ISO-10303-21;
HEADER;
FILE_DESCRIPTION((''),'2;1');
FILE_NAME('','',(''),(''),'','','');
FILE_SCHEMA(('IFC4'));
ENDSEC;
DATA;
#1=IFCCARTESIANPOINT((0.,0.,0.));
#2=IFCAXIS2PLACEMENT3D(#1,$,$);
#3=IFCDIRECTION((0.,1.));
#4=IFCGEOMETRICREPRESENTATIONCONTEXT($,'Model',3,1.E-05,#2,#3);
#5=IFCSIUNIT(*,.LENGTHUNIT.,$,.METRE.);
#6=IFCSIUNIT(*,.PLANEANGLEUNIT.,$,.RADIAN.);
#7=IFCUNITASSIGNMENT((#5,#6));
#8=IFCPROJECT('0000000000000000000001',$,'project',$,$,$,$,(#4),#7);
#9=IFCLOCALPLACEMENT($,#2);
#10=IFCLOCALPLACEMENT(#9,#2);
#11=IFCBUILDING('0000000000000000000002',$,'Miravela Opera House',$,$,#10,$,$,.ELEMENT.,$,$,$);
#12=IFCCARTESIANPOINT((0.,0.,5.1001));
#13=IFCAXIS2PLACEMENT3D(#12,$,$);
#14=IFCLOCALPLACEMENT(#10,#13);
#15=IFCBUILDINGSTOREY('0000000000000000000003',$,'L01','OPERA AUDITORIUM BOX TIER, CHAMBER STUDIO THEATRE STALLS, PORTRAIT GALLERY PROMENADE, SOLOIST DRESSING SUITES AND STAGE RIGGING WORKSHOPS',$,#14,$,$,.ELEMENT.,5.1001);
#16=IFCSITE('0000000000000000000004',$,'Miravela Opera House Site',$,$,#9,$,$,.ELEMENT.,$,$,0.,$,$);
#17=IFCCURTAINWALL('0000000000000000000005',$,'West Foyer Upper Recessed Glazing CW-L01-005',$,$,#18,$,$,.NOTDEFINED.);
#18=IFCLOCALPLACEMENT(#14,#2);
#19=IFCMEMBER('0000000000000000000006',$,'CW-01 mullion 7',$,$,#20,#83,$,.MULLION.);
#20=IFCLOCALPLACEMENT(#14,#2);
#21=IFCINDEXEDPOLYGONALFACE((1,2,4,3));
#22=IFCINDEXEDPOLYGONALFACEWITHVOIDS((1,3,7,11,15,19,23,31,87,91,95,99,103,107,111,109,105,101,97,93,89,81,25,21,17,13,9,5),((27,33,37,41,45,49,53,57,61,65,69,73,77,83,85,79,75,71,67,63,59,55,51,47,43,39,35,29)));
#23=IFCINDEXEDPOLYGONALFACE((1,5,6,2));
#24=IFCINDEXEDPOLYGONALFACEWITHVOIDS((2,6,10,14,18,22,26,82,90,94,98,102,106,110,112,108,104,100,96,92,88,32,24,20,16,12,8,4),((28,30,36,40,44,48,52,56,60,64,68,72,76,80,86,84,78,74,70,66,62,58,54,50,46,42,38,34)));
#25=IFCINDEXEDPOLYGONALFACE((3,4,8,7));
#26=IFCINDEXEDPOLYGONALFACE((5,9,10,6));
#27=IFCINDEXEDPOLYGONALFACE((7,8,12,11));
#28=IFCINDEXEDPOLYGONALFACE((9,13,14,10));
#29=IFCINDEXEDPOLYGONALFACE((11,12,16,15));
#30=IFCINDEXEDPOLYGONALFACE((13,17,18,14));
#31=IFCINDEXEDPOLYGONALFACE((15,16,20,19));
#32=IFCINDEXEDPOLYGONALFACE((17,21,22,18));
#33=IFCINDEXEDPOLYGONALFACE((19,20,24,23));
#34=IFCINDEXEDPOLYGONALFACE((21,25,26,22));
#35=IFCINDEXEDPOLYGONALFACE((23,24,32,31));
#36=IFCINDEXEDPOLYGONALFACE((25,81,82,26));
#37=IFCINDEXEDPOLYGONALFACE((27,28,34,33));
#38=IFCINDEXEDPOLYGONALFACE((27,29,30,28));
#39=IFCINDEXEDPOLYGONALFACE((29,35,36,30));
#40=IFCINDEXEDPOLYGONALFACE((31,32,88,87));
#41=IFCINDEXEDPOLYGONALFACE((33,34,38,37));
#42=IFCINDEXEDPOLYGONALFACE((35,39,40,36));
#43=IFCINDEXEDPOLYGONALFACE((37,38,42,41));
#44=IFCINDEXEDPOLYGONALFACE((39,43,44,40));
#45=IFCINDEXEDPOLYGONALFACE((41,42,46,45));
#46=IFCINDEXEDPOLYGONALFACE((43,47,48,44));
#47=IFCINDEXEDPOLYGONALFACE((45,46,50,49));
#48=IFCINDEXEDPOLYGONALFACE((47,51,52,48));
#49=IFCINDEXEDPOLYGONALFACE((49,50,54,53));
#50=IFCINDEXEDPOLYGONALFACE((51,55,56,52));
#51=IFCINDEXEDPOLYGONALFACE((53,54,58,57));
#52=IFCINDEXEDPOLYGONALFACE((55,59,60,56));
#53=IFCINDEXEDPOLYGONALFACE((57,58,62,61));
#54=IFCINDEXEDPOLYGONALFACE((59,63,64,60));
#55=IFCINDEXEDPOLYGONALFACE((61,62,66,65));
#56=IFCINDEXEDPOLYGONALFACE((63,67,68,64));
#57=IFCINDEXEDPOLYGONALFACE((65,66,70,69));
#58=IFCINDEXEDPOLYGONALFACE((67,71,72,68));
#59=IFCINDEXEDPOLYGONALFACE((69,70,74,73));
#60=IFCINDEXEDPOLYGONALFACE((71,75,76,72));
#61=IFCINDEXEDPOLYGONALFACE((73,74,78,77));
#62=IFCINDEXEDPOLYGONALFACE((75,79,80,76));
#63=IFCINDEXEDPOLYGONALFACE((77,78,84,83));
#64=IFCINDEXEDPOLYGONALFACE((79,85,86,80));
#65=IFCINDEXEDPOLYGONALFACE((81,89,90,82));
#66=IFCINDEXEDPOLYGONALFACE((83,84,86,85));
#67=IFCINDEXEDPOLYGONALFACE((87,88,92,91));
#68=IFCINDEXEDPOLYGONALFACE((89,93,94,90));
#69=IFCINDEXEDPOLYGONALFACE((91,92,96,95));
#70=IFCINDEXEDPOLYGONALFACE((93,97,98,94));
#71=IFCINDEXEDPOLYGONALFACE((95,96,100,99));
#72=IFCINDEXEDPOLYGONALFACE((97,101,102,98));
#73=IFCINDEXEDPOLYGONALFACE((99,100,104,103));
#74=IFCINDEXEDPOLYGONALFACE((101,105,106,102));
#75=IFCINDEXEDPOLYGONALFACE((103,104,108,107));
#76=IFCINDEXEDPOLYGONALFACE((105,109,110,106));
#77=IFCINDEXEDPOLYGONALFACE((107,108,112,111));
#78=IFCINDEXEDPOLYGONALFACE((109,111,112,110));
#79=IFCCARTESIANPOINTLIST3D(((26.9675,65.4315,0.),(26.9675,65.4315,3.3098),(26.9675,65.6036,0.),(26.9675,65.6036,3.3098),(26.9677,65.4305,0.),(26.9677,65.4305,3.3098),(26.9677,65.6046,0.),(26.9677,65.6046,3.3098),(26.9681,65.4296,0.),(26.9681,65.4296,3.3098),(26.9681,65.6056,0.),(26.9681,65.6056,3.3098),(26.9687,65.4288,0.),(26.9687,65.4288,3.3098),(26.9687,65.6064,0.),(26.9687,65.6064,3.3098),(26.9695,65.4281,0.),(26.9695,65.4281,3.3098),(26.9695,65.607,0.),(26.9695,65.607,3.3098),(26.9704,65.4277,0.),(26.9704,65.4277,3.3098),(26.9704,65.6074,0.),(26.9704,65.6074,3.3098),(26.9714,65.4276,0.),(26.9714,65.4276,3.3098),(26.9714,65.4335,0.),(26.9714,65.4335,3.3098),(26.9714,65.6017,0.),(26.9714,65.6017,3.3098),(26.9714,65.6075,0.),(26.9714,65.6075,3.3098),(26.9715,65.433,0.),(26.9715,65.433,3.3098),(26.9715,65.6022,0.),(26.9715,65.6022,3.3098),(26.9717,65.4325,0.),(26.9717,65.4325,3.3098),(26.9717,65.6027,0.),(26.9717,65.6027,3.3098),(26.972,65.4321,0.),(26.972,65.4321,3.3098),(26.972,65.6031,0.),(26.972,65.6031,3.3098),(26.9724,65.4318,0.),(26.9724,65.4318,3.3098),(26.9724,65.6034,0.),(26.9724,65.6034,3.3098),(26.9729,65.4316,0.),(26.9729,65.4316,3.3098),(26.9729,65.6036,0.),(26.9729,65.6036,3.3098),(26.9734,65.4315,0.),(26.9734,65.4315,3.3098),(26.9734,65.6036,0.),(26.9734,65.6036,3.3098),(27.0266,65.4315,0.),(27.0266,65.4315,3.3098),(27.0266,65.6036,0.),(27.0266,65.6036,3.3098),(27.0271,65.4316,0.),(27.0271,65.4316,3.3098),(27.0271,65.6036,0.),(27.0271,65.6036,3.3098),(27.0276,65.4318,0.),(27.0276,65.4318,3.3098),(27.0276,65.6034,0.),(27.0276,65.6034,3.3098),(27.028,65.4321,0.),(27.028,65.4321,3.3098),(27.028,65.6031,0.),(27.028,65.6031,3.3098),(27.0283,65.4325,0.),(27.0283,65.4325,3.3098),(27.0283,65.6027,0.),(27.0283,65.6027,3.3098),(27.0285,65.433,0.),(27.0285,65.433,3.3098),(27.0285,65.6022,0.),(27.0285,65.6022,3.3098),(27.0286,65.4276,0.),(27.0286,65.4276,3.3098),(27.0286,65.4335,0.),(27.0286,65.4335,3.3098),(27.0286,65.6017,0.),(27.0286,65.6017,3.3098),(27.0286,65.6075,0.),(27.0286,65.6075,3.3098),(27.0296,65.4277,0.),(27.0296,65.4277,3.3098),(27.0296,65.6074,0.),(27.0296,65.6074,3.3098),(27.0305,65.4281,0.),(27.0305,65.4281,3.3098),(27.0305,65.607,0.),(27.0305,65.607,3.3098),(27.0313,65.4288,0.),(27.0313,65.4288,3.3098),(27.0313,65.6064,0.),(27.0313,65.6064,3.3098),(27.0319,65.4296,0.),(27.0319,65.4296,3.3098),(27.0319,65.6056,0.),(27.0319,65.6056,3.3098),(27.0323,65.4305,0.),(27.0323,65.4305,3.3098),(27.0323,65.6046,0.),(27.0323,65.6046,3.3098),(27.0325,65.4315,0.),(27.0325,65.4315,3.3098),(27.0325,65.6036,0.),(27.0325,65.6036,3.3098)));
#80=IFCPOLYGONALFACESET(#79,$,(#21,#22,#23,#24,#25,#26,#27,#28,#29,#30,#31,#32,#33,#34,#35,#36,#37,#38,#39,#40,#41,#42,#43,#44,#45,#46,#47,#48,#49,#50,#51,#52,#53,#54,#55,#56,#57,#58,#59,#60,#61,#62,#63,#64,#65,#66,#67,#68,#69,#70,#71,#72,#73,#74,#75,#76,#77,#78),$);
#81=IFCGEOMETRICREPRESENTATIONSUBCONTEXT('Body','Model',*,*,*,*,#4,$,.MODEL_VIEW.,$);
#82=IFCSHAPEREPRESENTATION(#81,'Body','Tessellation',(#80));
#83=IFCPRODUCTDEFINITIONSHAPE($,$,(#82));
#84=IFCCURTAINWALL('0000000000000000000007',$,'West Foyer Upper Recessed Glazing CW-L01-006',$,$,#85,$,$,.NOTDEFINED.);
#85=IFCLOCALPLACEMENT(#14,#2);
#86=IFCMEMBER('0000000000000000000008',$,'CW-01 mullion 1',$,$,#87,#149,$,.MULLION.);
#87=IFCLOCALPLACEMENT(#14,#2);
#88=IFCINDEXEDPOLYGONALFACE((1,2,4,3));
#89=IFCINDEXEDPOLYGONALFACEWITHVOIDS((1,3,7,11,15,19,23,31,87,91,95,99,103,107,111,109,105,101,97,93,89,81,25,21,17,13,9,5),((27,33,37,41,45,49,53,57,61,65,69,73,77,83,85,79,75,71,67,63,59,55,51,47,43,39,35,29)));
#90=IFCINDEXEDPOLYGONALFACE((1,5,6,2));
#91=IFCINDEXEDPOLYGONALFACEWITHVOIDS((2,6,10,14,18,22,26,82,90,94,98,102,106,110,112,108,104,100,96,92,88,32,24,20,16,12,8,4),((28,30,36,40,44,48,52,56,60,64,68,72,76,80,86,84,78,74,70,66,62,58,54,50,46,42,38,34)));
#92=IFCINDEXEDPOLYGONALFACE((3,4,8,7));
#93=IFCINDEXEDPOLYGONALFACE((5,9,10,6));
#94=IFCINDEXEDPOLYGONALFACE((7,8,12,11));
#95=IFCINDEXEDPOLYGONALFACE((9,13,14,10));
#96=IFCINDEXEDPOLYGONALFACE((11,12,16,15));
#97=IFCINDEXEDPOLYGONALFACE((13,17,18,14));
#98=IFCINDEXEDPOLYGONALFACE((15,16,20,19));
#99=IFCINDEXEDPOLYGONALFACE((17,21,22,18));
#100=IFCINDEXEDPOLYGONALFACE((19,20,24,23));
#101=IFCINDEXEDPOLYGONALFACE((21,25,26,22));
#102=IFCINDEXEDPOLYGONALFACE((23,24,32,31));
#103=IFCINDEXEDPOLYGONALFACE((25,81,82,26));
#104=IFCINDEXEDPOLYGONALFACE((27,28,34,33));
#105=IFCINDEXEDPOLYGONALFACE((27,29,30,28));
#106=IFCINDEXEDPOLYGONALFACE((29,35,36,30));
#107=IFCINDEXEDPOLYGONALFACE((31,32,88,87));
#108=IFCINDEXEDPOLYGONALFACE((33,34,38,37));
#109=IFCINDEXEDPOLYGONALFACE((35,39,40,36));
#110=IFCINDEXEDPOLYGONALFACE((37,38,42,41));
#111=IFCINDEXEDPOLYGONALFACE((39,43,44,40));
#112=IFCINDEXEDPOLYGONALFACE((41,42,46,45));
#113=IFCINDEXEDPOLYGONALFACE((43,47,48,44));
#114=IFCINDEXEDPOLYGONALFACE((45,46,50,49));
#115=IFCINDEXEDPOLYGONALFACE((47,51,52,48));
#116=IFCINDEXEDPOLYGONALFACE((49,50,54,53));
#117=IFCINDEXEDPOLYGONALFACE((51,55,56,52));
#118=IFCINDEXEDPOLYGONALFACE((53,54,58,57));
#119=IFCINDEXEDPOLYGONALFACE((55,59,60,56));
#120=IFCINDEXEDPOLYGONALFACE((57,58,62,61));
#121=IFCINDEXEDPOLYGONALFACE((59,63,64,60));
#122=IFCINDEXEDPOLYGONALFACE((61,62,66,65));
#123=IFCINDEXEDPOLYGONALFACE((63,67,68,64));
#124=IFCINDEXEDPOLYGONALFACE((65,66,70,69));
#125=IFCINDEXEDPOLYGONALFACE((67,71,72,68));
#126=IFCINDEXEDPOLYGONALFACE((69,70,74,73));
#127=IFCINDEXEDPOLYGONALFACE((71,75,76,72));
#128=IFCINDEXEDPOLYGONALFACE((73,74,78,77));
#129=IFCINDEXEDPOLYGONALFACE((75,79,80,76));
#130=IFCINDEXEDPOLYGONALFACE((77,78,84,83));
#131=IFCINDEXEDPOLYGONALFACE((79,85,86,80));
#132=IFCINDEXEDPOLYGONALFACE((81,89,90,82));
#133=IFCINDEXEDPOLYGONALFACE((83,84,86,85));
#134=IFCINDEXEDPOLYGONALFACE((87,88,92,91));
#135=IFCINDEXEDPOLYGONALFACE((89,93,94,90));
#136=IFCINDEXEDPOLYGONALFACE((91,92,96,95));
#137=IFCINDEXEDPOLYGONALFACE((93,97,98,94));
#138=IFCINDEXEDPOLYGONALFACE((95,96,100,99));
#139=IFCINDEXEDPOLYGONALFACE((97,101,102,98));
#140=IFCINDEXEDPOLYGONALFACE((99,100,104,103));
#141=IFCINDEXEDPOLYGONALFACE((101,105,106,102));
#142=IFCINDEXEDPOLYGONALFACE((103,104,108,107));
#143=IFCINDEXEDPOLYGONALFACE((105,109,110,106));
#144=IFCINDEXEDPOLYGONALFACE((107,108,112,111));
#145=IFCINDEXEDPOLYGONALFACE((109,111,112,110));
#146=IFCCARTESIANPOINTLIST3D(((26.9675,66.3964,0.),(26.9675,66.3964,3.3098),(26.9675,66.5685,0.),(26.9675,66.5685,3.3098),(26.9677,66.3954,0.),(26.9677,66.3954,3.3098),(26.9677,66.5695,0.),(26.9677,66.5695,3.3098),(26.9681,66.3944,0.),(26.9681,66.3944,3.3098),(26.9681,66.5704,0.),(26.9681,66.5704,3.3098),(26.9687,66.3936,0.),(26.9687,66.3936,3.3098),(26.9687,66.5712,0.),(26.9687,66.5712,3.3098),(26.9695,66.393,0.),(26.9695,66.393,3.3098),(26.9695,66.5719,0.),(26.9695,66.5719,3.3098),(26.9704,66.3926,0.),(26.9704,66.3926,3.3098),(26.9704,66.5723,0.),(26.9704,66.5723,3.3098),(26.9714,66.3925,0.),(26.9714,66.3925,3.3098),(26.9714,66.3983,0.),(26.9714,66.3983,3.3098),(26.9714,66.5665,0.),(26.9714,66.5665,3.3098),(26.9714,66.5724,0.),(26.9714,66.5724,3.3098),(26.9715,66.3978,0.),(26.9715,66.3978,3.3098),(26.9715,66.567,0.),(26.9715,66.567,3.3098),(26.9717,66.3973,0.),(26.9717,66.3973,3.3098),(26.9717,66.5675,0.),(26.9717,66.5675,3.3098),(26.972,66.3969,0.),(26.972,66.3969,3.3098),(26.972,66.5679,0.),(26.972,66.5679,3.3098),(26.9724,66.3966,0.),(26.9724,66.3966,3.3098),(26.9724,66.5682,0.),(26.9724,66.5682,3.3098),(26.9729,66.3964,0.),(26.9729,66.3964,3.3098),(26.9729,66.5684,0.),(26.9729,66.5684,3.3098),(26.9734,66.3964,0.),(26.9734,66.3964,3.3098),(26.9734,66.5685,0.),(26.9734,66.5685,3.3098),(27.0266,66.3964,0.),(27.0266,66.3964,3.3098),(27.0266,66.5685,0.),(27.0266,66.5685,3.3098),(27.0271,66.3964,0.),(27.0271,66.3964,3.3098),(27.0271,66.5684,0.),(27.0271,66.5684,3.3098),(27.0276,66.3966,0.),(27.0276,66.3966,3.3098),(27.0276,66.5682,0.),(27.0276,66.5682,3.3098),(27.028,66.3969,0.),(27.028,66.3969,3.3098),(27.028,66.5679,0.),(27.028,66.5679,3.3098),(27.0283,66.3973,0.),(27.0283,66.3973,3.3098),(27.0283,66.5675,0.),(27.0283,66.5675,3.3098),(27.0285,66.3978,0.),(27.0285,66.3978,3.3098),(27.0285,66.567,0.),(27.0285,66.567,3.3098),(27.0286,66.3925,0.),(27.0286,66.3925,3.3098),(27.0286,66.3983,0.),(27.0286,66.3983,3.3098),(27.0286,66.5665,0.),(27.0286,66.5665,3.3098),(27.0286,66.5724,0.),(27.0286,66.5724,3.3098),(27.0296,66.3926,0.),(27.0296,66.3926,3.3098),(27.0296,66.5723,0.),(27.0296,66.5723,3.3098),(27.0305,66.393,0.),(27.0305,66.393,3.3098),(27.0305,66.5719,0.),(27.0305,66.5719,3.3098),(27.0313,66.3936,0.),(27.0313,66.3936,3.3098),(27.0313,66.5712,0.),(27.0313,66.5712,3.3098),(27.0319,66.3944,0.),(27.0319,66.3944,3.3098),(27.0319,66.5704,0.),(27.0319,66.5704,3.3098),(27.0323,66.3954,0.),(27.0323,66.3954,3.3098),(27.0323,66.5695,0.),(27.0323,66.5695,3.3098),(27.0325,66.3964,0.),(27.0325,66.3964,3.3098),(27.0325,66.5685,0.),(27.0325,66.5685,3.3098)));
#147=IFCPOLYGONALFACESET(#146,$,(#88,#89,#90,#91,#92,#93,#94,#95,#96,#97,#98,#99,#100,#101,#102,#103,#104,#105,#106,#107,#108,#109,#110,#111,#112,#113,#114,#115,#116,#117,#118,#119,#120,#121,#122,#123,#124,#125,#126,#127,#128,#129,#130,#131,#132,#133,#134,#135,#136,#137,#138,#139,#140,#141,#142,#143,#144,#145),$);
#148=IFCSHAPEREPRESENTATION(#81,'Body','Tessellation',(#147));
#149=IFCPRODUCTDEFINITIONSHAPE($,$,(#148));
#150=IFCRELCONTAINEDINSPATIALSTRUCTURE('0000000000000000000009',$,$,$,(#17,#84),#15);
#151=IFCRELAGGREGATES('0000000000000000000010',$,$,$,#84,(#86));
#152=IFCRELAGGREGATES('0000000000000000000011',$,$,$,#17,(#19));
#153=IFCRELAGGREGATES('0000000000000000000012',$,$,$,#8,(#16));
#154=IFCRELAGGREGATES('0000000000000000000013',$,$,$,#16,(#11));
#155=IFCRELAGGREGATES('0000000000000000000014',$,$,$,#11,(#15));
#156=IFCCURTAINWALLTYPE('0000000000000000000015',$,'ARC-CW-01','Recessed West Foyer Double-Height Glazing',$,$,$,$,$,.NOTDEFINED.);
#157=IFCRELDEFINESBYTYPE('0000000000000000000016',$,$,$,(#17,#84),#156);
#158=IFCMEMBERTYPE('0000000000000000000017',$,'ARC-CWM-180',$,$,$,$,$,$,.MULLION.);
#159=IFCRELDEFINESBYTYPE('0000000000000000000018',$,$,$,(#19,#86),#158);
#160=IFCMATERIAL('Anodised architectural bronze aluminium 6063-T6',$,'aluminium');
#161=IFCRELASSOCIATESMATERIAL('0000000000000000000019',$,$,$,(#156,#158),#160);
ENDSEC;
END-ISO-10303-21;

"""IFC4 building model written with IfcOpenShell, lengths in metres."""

from ifc_helpers import new_model, si_unit, direction, frame, origin, origin_2d, place, context, subcontext, project, spatial, hollow_rectangle, extrude, material, material_profile, profile_set, type_object, element, aggregate, save


model = new_model("IFC4")

# Units and contexts
model_context = context("Model", 3, precision=1e-05, world=origin(), true_north=direction((0.0, 1.0)))
body_context = subcontext(model_context, "Body", "Model", "MODEL_VIEW")
ifc_project = project(units=[si_unit("LENGTHUNIT", "METRE"), si_unit("PLANEANGLEUNIT", "RADIAN")], contexts=[model_context])

# Site, building, storey
site_placement = place(None, origin())
site = spatial("IfcSite", under=ifc_project, at=site_placement, Name="Miravela Opera House Site", CompositionType="ELEMENT", RefElevation=0.0)
building_placement = place(site_placement, origin())
building = spatial("IfcBuilding", under=site, at=building_placement, Name="Miravela Opera House", CompositionType="ELEMENT")
storey_placement = place(building_placement, frame((0.0, 0.0, 5.1001)))
storey = spatial("IfcBuildingStorey", under=building, at=storey_placement, Name="L01", Description="OPERA AUDITORIUM BOX TIER, CHAMBER STUDIO THEATRE STALLS, PORTRAIT GALLERY PROMENADE, SOLOIST DRESSING SUITES AND STAGE RIGGING WORKSHOPS", CompositionType="ELEMENT", Elevation=5.1001)

# Curtain wall, member
ifc_material_1 = material(Name="Anodised architectural bronze aluminium 6063-T6", Category="aluminium")
curtain_wall_type = type_object("IfcCurtainWallType", Name="ARC-CW-01", Description="Recessed West Foyer Double-Height Glazing", PredefinedType="NOTDEFINED", material=ifc_material_1)
curtain_wall_1_placement = place(storey_placement, origin())
curtain_wall_1 = element("IfcCurtainWall", 1, at=curtain_wall_1_placement, inside=storey, type_object=curtain_wall_type, Name="West Foyer Upper Recessed Glazing CW-L01-005", PredefinedType="NOTDEFINED")
ifc_material_profile_1 = material_profile(ifc_material_1, hollow_rectangle(XDim=0.0649, YDim=0.1799, WallThickness=0.0039, InnerFilletRadius=0.002, OuterFilletRadius=0.0039, at=origin_2d()), Name="CWM-65X180")
ifc_profile_set_1 = profile_set([ifc_material_profile_1])
member_type_1 = type_object("IfcMemberType", Name="ARC-CWM-180", PredefinedType="MULLION", material=ifc_profile_set_1)
member_1_placement = place(storey_placement, frame((27.0, 65.5176, 0.0), z_axis=(0.0, 0.0, 1.0), x_axis=(-1.0, 0.0, 0.0)))
member_1 = element("IfcMember", 2, at=member_1_placement, type_object=member_type_1, Name="CW-01 mullion 7", PredefinedType="MULLION", context=body_context, shape_type="SweptSolid", body=[
    extrude(hollow_rectangle(XDim=0.0649, YDim=0.1799, WallThickness=0.0039, InnerFilletRadius=0.002, OuterFilletRadius=0.0039, at=origin_2d()), origin(), (0.0, 0.0, 1.0), 3.3098),
])

# Curtain wall, member
curtain_wall_2_placement = place(storey_placement, origin())
curtain_wall_2 = element("IfcCurtainWall", 3, at=curtain_wall_2_placement, inside=storey, type_object=curtain_wall_type, Name="West Foyer Upper Recessed Glazing CW-L01-006", PredefinedType="NOTDEFINED")
member_2_placement = place(storey_placement, frame((27.0, 66.4824, 0.0), z_axis=(0.0, 0.0, 1.0), x_axis=(-1.0, 0.0, 0.0)))
member_2 = element("IfcMember", 4, at=member_2_placement, type_object=member_type_1, Name="CW-01 mullion 1", PredefinedType="MULLION", context=body_context, shape_type="SweptSolid", body=[
    extrude(hollow_rectangle(XDim=0.0649, YDim=0.1799, WallThickness=0.0039, InnerFilletRadius=0.002, OuterFilletRadius=0.0039, at=origin_2d()), origin(), (0.0, 0.0, 1.0), 3.3098),
])
aggregate(curtain_wall_2, [member_2])

aggregate(curtain_wall_1, [member_1])

save(model, "model.ifc")
